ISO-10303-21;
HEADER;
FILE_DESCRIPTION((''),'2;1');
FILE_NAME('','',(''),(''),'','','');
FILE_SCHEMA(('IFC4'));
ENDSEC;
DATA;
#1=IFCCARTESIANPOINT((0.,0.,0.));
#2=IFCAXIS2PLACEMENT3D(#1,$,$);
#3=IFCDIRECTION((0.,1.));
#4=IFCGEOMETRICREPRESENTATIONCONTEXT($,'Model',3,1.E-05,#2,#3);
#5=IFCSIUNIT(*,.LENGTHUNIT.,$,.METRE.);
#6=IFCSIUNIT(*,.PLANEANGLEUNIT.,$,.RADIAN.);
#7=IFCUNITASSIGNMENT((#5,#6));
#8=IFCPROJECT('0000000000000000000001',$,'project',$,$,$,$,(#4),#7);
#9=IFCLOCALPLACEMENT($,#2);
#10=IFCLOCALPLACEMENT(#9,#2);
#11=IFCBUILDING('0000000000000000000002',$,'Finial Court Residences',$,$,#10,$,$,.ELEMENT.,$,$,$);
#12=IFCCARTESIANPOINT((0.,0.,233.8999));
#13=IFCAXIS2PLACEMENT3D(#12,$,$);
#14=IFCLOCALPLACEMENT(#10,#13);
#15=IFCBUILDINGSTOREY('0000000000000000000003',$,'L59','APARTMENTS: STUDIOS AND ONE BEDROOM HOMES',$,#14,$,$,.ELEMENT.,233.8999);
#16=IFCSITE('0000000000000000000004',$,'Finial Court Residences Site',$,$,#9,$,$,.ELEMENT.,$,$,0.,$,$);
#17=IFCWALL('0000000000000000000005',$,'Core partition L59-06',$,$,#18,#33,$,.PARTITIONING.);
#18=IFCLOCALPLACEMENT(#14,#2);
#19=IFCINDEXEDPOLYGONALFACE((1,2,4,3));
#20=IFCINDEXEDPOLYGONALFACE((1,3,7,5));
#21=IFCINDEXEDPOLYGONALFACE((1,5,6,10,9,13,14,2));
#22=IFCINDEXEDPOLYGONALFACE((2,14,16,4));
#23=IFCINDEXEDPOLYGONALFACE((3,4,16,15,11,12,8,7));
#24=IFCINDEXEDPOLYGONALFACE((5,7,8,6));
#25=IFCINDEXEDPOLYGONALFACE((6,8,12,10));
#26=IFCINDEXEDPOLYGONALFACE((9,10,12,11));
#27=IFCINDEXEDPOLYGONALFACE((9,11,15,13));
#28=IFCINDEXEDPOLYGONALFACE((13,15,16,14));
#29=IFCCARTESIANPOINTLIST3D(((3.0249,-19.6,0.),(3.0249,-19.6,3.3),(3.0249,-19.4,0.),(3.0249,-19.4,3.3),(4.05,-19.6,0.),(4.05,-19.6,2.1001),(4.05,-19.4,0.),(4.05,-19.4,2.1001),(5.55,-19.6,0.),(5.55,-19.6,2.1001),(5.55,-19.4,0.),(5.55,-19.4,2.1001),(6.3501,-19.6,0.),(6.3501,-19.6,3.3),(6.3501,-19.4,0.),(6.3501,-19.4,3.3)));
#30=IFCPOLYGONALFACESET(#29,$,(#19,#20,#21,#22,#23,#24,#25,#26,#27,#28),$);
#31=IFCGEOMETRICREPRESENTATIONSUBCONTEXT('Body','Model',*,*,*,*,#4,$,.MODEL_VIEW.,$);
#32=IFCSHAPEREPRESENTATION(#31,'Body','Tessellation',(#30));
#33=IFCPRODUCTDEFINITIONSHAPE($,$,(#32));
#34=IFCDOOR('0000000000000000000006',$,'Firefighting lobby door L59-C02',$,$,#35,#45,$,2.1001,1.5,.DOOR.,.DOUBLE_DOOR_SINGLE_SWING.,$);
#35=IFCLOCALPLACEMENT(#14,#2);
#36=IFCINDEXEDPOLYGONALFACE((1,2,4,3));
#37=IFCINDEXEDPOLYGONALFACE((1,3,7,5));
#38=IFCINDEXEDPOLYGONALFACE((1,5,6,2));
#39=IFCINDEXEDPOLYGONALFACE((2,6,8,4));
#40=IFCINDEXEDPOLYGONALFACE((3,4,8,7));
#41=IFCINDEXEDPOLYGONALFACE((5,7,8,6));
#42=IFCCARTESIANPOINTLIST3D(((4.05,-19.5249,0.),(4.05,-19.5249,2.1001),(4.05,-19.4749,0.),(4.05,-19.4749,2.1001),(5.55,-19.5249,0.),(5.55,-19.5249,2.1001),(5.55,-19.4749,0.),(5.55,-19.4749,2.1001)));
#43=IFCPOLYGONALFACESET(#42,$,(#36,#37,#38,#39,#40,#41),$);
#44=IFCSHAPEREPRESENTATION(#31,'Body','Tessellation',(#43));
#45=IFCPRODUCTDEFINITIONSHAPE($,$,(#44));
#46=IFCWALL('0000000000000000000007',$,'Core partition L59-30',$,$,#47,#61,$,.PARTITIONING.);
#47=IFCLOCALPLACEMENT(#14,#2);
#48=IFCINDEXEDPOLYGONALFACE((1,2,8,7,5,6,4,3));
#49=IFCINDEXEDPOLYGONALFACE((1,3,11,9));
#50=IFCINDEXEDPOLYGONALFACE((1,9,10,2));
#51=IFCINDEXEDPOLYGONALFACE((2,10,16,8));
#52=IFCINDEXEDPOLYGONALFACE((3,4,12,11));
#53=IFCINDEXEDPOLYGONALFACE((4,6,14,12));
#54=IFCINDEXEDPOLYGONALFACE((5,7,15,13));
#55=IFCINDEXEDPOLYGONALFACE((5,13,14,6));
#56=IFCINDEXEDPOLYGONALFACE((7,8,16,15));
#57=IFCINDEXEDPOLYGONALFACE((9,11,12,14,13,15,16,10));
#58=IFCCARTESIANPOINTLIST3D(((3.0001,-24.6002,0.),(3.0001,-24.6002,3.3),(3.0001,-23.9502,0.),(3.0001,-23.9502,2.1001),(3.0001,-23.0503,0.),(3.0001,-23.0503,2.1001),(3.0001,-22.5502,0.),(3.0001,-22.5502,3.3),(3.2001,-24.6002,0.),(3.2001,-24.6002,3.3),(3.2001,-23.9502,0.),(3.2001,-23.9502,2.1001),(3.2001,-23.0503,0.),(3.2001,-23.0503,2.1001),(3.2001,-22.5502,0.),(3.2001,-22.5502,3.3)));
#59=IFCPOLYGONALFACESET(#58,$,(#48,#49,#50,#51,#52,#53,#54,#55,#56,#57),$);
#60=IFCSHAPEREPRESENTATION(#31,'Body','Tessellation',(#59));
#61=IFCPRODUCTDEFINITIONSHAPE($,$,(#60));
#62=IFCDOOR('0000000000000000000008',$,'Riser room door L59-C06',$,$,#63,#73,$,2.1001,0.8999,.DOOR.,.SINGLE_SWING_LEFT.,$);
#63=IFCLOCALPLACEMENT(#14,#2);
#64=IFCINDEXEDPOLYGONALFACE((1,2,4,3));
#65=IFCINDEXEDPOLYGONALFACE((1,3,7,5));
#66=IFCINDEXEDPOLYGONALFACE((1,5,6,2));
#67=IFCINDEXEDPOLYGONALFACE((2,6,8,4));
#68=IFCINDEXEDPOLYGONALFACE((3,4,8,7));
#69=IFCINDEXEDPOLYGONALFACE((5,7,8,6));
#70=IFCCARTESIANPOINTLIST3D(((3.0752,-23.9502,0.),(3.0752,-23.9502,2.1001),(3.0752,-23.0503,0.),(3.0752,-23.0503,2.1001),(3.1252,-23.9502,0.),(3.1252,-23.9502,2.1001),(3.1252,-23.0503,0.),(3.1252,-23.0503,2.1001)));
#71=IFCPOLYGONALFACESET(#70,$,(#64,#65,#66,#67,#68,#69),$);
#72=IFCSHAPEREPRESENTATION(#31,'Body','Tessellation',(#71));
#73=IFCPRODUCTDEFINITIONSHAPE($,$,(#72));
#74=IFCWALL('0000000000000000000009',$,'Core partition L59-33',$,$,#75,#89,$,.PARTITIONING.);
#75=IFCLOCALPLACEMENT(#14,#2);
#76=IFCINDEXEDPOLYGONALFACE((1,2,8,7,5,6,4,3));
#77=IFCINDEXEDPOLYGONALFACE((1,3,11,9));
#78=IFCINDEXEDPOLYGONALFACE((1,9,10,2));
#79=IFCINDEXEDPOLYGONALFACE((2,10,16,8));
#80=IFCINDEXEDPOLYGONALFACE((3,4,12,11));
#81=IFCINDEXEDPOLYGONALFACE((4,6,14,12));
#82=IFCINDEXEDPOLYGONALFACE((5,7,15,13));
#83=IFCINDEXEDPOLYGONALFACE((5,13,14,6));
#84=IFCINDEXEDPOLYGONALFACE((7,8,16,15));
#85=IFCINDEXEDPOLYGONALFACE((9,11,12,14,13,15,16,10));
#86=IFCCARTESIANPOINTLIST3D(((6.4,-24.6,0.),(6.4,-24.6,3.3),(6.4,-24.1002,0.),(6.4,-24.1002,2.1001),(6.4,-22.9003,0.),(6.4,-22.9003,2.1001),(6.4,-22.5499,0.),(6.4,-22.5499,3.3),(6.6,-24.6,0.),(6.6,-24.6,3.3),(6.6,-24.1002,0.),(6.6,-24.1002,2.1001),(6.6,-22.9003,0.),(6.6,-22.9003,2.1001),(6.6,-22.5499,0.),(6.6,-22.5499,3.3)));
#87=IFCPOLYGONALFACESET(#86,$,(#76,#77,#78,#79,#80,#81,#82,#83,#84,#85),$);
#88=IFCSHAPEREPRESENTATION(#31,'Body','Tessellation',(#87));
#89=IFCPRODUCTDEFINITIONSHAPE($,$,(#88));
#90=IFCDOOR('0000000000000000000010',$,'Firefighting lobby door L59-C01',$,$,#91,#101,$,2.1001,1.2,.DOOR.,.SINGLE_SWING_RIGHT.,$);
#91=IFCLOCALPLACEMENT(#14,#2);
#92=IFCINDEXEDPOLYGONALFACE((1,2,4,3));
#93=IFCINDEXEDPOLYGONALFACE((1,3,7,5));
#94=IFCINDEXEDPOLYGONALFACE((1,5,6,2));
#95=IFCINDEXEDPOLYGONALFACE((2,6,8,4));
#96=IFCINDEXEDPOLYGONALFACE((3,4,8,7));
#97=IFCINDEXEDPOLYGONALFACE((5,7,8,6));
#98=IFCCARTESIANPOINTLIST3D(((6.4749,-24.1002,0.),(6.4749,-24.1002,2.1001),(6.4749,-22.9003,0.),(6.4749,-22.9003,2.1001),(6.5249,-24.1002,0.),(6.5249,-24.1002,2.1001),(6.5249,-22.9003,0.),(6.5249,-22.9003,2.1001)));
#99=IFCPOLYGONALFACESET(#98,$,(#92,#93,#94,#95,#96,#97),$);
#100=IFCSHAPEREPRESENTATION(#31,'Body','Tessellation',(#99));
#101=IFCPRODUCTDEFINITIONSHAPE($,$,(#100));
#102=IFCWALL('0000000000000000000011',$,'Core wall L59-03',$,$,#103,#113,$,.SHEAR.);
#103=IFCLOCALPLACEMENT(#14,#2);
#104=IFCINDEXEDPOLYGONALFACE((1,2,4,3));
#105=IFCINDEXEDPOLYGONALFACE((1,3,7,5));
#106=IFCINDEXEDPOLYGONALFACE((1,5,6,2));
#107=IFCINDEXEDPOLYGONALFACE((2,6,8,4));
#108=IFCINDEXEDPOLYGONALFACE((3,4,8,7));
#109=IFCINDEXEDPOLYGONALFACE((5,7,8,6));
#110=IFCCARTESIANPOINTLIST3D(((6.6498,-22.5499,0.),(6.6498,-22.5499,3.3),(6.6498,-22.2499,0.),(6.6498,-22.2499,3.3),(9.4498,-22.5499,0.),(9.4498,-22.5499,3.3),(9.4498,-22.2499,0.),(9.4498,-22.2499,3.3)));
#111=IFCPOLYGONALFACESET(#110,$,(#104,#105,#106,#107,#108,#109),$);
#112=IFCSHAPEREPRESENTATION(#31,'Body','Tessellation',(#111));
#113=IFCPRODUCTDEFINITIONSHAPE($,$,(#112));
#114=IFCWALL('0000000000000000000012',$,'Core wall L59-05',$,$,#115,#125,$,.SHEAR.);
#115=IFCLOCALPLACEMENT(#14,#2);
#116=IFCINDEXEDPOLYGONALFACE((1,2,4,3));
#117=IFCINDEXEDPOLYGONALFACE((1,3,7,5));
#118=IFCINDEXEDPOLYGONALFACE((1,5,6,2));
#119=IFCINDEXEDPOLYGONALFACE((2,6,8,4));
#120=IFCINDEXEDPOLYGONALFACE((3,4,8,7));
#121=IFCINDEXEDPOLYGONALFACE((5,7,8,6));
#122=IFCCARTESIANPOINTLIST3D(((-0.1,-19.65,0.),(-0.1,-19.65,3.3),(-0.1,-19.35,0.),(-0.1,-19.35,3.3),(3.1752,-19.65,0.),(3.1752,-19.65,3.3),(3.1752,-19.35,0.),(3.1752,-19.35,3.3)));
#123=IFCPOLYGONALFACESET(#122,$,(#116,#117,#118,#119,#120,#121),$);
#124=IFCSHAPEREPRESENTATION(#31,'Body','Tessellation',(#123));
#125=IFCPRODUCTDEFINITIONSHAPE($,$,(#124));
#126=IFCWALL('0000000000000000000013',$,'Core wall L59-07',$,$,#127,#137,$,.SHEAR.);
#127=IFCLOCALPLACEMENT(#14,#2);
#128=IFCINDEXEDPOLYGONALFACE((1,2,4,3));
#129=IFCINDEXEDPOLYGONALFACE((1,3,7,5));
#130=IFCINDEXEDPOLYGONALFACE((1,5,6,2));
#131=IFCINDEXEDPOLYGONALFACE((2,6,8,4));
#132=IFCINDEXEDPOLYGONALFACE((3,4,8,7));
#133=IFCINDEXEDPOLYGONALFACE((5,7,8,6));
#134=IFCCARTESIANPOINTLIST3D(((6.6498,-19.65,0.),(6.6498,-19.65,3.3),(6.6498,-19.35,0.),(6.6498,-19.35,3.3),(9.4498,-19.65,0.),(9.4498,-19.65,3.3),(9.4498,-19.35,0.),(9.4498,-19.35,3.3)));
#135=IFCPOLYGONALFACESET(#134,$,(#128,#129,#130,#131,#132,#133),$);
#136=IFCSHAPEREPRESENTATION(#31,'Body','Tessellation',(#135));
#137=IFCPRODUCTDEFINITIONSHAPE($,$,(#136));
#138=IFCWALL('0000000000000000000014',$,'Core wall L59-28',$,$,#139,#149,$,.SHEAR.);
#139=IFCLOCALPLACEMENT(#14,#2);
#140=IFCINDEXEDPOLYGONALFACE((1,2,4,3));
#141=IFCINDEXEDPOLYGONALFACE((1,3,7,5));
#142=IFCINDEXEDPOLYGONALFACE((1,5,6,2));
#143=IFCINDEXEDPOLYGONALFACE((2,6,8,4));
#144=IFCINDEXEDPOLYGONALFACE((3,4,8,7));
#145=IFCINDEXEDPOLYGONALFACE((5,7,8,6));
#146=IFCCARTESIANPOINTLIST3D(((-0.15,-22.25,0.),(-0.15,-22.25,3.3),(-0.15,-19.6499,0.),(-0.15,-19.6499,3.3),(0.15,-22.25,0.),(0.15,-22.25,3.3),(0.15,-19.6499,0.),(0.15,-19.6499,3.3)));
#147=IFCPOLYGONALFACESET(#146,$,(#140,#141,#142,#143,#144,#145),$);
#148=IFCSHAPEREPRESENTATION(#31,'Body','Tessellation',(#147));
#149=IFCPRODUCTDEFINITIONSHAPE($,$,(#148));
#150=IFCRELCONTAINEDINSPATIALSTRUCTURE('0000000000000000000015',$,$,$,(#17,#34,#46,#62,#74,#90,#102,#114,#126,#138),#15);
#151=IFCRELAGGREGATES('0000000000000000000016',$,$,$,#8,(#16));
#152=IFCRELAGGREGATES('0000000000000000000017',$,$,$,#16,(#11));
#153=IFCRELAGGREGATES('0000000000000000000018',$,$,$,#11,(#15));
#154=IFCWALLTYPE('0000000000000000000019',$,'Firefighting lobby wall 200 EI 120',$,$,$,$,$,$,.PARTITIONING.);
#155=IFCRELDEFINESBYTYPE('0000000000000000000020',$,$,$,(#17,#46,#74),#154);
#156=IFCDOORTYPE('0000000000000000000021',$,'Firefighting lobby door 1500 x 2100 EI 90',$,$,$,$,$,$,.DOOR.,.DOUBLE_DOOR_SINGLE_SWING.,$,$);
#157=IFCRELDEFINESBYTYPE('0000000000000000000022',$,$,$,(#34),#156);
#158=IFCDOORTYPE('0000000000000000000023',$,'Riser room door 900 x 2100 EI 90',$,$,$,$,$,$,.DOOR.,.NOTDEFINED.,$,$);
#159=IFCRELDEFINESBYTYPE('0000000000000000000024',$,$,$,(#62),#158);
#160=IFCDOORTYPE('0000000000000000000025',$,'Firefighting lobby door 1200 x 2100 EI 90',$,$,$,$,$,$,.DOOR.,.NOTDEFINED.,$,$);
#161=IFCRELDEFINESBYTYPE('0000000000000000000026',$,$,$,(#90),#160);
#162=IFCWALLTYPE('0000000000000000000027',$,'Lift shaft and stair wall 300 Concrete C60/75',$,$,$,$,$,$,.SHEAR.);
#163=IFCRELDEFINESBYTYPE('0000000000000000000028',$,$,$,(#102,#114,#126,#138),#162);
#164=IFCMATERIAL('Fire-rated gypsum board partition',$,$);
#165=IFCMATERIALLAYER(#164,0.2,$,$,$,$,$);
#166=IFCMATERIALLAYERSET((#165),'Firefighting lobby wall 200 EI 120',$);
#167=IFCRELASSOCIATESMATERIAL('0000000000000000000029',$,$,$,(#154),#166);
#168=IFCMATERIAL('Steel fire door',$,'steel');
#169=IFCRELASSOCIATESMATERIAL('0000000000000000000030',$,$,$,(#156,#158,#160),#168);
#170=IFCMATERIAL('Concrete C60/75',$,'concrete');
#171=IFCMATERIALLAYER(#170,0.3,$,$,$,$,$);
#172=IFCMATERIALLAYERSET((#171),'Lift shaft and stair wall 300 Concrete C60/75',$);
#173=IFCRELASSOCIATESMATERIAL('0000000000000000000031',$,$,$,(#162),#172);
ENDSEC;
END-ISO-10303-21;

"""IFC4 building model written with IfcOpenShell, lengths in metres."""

from ifc_helpers import new_model, si_unit, direction, frame, frame_2d, origin, place, context, subcontext, project, spatial, rectangle, extrude, material, layer, layer_set, type_object, element, fill, save


model = new_model("IFC4")

# Units and contexts
model_context = context("Model", 3, precision=1e-05, world=origin(), true_north=direction((0.0, 1.0)))
body_context = subcontext(model_context, "Body", "Model", "MODEL_VIEW")
ifc_project = project(units=[si_unit("LENGTHUNIT", "METRE"), si_unit("PLANEANGLEUNIT", "RADIAN")], contexts=[model_context])

# Site, building, storey
site_placement = place(None, origin())
site = spatial("IfcSite", under=ifc_project, at=site_placement, Name="Finial Court Residences Site", CompositionType="ELEMENT", RefElevation=0.0)
building_placement = place(site_placement, origin())
building = spatial("IfcBuilding", under=site, at=building_placement, Name="Finial Court Residences", CompositionType="ELEMENT")
storey_placement = place(building_placement, frame((0.0, 0.0, 233.8999)))
storey = spatial("IfcBuildingStorey", under=building, at=storey_placement, Name="L59", Description="APARTMENTS: STUDIOS AND ONE BEDROOM HOMES", CompositionType="ELEMENT", Elevation=233.8999)

# Walls, openings, doors
ifc_material_1 = material(Name="Fire-rated gypsum board partition")
ifc_layer_1 = layer(ifc_material_1, 0.2)
ifc_layer_set_1 = layer_set([ifc_layer_1], Name="Firefighting lobby wall 200 EI 120")
wall_type_1 = type_object("IfcWallType", Name="Firefighting lobby wall 200 EI 120", PredefinedType="PARTITIONING", material=ifc_layer_set_1)
wall_1_placement = place(storey_placement, frame((6.3501, -19.5, 0.0), z_axis=(0.0, 0.0, 1.0), x_axis=(-1.0, 0.0, 0.0)))
wall_1 = element("IfcWall", 1, at=wall_1_placement, inside=storey, type_object=wall_type_1, Name="Core partition L59-06", PredefinedType="PARTITIONING", context=body_context, shape_type="SweptSolid", body=[
    extrude(rectangle(XDim=3.3252, YDim=0.2, at=frame_2d((1.6626, 0.0))), origin(), (0.0, 0.0, 1.0), 3.3),
])
opening_1_placement = place(wall_1_placement, frame((0.8, 0.0, 0.0)))
opening_1 = element("IfcOpeningElement", 2, at=opening_1_placement, cuts=wall_1, PredefinedType="OPENING", context=body_context, shape_type="SweptSolid", body=[
    extrude(rectangle(XDim=1.5, YDim=2.1001, at=frame_2d((0.75, 1.05))), frame((0.0, 0.1099, 0.0), z_axis=(0.0, -1.0, 0.0), x_axis=(1.0, 0.0, 0.0)), (0.0, 0.0, 1.0), 0.22),
])
ifc_material_2 = material(Name="Steel fire door", Category="steel")
door_type_1 = type_object("IfcDoorType", Name="Firefighting lobby door 1500 x 2100 EI 90", OperationType="DOUBLE_DOOR_SINGLE_SWING", PredefinedType="DOOR", material=ifc_material_2)
door_1_placement = place(opening_1_placement, origin())
door_1 = element("IfcDoor", 3, at=door_1_placement, inside=storey, type_object=door_type_1, Name="Firefighting lobby door L59-C02", OperationType="DOUBLE_DOOR_SINGLE_SWING", OverallHeight=2.1001, OverallWidth=1.5, PredefinedType="DOOR", context=body_context, shape_type="SweptSolid", body=[
    extrude(rectangle(XDim=1.5, YDim=2.1001, at=frame_2d((0.75, 1.05))), frame((0.0, 0.0249, 0.0), z_axis=(0.0, -1.0, 0.0), x_axis=(1.0, 0.0, 0.0)), (0.0, 0.0, 1.0), 0.05),
])
fill(opening_1, door_1)
wall_2_placement = place(storey_placement, frame((3.1001, -24.6001, 0.0), z_axis=(0.0, 0.0, 1.0), x_axis=(0.0, 1.0, 0.0)))
wall_2 = element("IfcWall", 4, at=wall_2_placement, inside=storey, type_object=wall_type_1, Name="Core partition L59-30", PredefinedType="PARTITIONING", context=body_context, shape_type="SweptSolid", body=[
    extrude(rectangle(XDim=2.05, YDim=0.2, at=frame_2d((1.0249, 0.0))), origin(), (0.0, 0.0, 1.0), 3.3),
])
opening_2_placement = place(wall_2_placement, frame((0.6499, 0.0, 0.0)))
opening_2 = element("IfcOpeningElement", 5, at=opening_2_placement, cuts=wall_2, PredefinedType="OPENING", context=body_context, shape_type="SweptSolid", body=[
    extrude(rectangle(XDim=0.8999, YDim=2.1001, at=frame_2d((0.45, 1.05))), frame((0.0, 0.1099, 0.0), z_axis=(0.0, -1.0, 0.0), x_axis=(1.0, 0.0, 0.0)), (0.0, 0.0, 1.0), 0.22),
])
door_type_2 = type_object("IfcDoorType", Name="Riser room door 900 x 2100 EI 90", OperationType="NOTDEFINED", PredefinedType="DOOR", material=ifc_material_2)
door_2_placement = place(opening_2_placement, origin())
door_2 = element("IfcDoor", 6, at=door_2_placement, inside=storey, type_object=door_type_2, Name="Riser room door L59-C06", OperationType="SINGLE_SWING_LEFT", OverallHeight=2.1001, OverallWidth=0.8999, PredefinedType="DOOR", context=body_context, shape_type="SweptSolid", body=[
    extrude(rectangle(XDim=0.8999, YDim=2.1001, at=frame_2d((0.45, 1.05))), frame((0.0, 0.0249, 0.0), z_axis=(0.0, -1.0, 0.0), x_axis=(1.0, 0.0, 0.0)), (0.0, 0.0, 1.0), 0.05),
])
fill(opening_2, door_2)
wall_3_placement = place(storey_placement, frame((6.5, -22.55, 0.0), z_axis=(0.0, 0.0, 1.0), x_axis=(0.0, -1.0, 0.0)))
wall_3 = element("IfcWall", 7, at=wall_3_placement, inside=storey, type_object=wall_type_1, Name="Core partition L59-33", PredefinedType="PARTITIONING", context=body_context, shape_type="SweptSolid", body=[
    extrude(rectangle(XDim=2.05, YDim=0.2, at=frame_2d((1.0249, 0.0))), origin(), (0.0, 0.0, 1.0), 3.3),
])
opening_3_placement = place(wall_3_placement, frame((0.3501, 0.0, 0.0)))
opening_3 = element("IfcOpeningElement", 8, at=opening_3_placement, cuts=wall_3, PredefinedType="OPENING", context=body_context, shape_type="SweptSolid", body=[
    extrude(rectangle(XDim=1.2, YDim=2.1001, at=frame_2d((0.6001, 1.05))), frame((0.0, 0.1099, 0.0), z_axis=(0.0, -1.0, 0.0), x_axis=(1.0, 0.0, 0.0)), (0.0, 0.0, 1.0), 0.22),
])
door_type_3 = type_object("IfcDoorType", Name="Firefighting lobby door 1200 x 2100 EI 90", OperationType="NOTDEFINED", PredefinedType="DOOR", material=ifc_material_2)
door_3_placement = place(opening_3_placement, origin())
door_3 = element("IfcDoor", 9, at=door_3_placement, inside=storey, type_object=door_type_3, Name="Firefighting lobby door L59-C01", OperationType="SINGLE_SWING_RIGHT", OverallHeight=2.1001, OverallWidth=1.2, PredefinedType="DOOR", context=body_context, shape_type="SweptSolid", body=[
    extrude(rectangle(XDim=1.2, YDim=2.1001, at=frame_2d((0.6001, 1.05))), frame((0.0, 0.0249, 0.0), z_axis=(0.0, -1.0, 0.0), x_axis=(1.0, 0.0, 0.0)), (0.0, 0.0, 1.0), 0.05),
])
fill(opening_3, door_3)

# Walls
ifc_material_3 = material(Name="Concrete C60/75", Category="concrete")
ifc_layer_2 = layer(ifc_material_3, 0.3)
ifc_layer_set_2 = layer_set([ifc_layer_2], Name="Lift shaft and stair wall 300 Concrete C60/75")
wall_type_2 = type_object("IfcWallType", Name="Lift shaft and stair wall 300 Concrete C60/75", PredefinedType="SHEAR", material=ifc_layer_set_2)
wall_4_placement = place(storey_placement, frame((6.6499, -22.3999, 0.0), z_axis=(0.0, 0.0, 1.0), x_axis=(1.0, 0.0, 0.0)))
element("IfcWall", 10, at=wall_4_placement, inside=storey, type_object=wall_type_2, Name="Core wall L59-03", PredefinedType="SHEAR", context=body_context, shape_type="SweptSolid", body=[
    extrude(rectangle(XDim=2.8, YDim=0.3, at=frame_2d((1.3999, 0.0))), origin(), (0.0, 0.0, 1.0), 3.3),
])
wall_5_placement = place(storey_placement, frame((-0.1001, -19.5, 0.0), z_axis=(0.0, 0.0, 1.0), x_axis=(1.0, 0.0, 0.0)))
element("IfcWall", 11, at=wall_5_placement, inside=storey, type_object=wall_type_2, Name="Core wall L59-05", PredefinedType="SHEAR", context=body_context, shape_type="SweptSolid", body=[
    extrude(rectangle(XDim=3.2751, YDim=0.3, at=frame_2d((1.6377, 0.0))), origin(), (0.0, 0.0, 1.0), 3.3),
])
wall_6_placement = place(storey_placement, frame((6.6499, -19.5, 0.0), z_axis=(0.0, 0.0, 1.0), x_axis=(1.0, 0.0, 0.0)))
element("IfcWall", 12, at=wall_6_placement, inside=storey, type_object=wall_type_2, Name="Core wall L59-07", PredefinedType="SHEAR", context=body_context, shape_type="SweptSolid", body=[
    extrude(rectangle(XDim=2.8, YDim=0.3, at=frame_2d((1.3999, 0.0))), origin(), (0.0, 0.0, 1.0), 3.3),
])
wall_7_placement = place(storey_placement, frame((0.0, -22.25, 0.0), z_axis=(0.0, 0.0, 1.0), x_axis=(0.0, 1.0, 0.0)))
element("IfcWall", 13, at=wall_7_placement, inside=storey, type_object=wall_type_2, Name="Core wall L59-28", PredefinedType="SHEAR", context=body_context, shape_type="SweptSolid", body=[
    extrude(rectangle(XDim=2.6001, YDim=0.3, at=frame_2d((1.3, 0.0))), origin(), (0.0, 0.0, 1.0), 3.3),
])

save(model, "model.ifc")
